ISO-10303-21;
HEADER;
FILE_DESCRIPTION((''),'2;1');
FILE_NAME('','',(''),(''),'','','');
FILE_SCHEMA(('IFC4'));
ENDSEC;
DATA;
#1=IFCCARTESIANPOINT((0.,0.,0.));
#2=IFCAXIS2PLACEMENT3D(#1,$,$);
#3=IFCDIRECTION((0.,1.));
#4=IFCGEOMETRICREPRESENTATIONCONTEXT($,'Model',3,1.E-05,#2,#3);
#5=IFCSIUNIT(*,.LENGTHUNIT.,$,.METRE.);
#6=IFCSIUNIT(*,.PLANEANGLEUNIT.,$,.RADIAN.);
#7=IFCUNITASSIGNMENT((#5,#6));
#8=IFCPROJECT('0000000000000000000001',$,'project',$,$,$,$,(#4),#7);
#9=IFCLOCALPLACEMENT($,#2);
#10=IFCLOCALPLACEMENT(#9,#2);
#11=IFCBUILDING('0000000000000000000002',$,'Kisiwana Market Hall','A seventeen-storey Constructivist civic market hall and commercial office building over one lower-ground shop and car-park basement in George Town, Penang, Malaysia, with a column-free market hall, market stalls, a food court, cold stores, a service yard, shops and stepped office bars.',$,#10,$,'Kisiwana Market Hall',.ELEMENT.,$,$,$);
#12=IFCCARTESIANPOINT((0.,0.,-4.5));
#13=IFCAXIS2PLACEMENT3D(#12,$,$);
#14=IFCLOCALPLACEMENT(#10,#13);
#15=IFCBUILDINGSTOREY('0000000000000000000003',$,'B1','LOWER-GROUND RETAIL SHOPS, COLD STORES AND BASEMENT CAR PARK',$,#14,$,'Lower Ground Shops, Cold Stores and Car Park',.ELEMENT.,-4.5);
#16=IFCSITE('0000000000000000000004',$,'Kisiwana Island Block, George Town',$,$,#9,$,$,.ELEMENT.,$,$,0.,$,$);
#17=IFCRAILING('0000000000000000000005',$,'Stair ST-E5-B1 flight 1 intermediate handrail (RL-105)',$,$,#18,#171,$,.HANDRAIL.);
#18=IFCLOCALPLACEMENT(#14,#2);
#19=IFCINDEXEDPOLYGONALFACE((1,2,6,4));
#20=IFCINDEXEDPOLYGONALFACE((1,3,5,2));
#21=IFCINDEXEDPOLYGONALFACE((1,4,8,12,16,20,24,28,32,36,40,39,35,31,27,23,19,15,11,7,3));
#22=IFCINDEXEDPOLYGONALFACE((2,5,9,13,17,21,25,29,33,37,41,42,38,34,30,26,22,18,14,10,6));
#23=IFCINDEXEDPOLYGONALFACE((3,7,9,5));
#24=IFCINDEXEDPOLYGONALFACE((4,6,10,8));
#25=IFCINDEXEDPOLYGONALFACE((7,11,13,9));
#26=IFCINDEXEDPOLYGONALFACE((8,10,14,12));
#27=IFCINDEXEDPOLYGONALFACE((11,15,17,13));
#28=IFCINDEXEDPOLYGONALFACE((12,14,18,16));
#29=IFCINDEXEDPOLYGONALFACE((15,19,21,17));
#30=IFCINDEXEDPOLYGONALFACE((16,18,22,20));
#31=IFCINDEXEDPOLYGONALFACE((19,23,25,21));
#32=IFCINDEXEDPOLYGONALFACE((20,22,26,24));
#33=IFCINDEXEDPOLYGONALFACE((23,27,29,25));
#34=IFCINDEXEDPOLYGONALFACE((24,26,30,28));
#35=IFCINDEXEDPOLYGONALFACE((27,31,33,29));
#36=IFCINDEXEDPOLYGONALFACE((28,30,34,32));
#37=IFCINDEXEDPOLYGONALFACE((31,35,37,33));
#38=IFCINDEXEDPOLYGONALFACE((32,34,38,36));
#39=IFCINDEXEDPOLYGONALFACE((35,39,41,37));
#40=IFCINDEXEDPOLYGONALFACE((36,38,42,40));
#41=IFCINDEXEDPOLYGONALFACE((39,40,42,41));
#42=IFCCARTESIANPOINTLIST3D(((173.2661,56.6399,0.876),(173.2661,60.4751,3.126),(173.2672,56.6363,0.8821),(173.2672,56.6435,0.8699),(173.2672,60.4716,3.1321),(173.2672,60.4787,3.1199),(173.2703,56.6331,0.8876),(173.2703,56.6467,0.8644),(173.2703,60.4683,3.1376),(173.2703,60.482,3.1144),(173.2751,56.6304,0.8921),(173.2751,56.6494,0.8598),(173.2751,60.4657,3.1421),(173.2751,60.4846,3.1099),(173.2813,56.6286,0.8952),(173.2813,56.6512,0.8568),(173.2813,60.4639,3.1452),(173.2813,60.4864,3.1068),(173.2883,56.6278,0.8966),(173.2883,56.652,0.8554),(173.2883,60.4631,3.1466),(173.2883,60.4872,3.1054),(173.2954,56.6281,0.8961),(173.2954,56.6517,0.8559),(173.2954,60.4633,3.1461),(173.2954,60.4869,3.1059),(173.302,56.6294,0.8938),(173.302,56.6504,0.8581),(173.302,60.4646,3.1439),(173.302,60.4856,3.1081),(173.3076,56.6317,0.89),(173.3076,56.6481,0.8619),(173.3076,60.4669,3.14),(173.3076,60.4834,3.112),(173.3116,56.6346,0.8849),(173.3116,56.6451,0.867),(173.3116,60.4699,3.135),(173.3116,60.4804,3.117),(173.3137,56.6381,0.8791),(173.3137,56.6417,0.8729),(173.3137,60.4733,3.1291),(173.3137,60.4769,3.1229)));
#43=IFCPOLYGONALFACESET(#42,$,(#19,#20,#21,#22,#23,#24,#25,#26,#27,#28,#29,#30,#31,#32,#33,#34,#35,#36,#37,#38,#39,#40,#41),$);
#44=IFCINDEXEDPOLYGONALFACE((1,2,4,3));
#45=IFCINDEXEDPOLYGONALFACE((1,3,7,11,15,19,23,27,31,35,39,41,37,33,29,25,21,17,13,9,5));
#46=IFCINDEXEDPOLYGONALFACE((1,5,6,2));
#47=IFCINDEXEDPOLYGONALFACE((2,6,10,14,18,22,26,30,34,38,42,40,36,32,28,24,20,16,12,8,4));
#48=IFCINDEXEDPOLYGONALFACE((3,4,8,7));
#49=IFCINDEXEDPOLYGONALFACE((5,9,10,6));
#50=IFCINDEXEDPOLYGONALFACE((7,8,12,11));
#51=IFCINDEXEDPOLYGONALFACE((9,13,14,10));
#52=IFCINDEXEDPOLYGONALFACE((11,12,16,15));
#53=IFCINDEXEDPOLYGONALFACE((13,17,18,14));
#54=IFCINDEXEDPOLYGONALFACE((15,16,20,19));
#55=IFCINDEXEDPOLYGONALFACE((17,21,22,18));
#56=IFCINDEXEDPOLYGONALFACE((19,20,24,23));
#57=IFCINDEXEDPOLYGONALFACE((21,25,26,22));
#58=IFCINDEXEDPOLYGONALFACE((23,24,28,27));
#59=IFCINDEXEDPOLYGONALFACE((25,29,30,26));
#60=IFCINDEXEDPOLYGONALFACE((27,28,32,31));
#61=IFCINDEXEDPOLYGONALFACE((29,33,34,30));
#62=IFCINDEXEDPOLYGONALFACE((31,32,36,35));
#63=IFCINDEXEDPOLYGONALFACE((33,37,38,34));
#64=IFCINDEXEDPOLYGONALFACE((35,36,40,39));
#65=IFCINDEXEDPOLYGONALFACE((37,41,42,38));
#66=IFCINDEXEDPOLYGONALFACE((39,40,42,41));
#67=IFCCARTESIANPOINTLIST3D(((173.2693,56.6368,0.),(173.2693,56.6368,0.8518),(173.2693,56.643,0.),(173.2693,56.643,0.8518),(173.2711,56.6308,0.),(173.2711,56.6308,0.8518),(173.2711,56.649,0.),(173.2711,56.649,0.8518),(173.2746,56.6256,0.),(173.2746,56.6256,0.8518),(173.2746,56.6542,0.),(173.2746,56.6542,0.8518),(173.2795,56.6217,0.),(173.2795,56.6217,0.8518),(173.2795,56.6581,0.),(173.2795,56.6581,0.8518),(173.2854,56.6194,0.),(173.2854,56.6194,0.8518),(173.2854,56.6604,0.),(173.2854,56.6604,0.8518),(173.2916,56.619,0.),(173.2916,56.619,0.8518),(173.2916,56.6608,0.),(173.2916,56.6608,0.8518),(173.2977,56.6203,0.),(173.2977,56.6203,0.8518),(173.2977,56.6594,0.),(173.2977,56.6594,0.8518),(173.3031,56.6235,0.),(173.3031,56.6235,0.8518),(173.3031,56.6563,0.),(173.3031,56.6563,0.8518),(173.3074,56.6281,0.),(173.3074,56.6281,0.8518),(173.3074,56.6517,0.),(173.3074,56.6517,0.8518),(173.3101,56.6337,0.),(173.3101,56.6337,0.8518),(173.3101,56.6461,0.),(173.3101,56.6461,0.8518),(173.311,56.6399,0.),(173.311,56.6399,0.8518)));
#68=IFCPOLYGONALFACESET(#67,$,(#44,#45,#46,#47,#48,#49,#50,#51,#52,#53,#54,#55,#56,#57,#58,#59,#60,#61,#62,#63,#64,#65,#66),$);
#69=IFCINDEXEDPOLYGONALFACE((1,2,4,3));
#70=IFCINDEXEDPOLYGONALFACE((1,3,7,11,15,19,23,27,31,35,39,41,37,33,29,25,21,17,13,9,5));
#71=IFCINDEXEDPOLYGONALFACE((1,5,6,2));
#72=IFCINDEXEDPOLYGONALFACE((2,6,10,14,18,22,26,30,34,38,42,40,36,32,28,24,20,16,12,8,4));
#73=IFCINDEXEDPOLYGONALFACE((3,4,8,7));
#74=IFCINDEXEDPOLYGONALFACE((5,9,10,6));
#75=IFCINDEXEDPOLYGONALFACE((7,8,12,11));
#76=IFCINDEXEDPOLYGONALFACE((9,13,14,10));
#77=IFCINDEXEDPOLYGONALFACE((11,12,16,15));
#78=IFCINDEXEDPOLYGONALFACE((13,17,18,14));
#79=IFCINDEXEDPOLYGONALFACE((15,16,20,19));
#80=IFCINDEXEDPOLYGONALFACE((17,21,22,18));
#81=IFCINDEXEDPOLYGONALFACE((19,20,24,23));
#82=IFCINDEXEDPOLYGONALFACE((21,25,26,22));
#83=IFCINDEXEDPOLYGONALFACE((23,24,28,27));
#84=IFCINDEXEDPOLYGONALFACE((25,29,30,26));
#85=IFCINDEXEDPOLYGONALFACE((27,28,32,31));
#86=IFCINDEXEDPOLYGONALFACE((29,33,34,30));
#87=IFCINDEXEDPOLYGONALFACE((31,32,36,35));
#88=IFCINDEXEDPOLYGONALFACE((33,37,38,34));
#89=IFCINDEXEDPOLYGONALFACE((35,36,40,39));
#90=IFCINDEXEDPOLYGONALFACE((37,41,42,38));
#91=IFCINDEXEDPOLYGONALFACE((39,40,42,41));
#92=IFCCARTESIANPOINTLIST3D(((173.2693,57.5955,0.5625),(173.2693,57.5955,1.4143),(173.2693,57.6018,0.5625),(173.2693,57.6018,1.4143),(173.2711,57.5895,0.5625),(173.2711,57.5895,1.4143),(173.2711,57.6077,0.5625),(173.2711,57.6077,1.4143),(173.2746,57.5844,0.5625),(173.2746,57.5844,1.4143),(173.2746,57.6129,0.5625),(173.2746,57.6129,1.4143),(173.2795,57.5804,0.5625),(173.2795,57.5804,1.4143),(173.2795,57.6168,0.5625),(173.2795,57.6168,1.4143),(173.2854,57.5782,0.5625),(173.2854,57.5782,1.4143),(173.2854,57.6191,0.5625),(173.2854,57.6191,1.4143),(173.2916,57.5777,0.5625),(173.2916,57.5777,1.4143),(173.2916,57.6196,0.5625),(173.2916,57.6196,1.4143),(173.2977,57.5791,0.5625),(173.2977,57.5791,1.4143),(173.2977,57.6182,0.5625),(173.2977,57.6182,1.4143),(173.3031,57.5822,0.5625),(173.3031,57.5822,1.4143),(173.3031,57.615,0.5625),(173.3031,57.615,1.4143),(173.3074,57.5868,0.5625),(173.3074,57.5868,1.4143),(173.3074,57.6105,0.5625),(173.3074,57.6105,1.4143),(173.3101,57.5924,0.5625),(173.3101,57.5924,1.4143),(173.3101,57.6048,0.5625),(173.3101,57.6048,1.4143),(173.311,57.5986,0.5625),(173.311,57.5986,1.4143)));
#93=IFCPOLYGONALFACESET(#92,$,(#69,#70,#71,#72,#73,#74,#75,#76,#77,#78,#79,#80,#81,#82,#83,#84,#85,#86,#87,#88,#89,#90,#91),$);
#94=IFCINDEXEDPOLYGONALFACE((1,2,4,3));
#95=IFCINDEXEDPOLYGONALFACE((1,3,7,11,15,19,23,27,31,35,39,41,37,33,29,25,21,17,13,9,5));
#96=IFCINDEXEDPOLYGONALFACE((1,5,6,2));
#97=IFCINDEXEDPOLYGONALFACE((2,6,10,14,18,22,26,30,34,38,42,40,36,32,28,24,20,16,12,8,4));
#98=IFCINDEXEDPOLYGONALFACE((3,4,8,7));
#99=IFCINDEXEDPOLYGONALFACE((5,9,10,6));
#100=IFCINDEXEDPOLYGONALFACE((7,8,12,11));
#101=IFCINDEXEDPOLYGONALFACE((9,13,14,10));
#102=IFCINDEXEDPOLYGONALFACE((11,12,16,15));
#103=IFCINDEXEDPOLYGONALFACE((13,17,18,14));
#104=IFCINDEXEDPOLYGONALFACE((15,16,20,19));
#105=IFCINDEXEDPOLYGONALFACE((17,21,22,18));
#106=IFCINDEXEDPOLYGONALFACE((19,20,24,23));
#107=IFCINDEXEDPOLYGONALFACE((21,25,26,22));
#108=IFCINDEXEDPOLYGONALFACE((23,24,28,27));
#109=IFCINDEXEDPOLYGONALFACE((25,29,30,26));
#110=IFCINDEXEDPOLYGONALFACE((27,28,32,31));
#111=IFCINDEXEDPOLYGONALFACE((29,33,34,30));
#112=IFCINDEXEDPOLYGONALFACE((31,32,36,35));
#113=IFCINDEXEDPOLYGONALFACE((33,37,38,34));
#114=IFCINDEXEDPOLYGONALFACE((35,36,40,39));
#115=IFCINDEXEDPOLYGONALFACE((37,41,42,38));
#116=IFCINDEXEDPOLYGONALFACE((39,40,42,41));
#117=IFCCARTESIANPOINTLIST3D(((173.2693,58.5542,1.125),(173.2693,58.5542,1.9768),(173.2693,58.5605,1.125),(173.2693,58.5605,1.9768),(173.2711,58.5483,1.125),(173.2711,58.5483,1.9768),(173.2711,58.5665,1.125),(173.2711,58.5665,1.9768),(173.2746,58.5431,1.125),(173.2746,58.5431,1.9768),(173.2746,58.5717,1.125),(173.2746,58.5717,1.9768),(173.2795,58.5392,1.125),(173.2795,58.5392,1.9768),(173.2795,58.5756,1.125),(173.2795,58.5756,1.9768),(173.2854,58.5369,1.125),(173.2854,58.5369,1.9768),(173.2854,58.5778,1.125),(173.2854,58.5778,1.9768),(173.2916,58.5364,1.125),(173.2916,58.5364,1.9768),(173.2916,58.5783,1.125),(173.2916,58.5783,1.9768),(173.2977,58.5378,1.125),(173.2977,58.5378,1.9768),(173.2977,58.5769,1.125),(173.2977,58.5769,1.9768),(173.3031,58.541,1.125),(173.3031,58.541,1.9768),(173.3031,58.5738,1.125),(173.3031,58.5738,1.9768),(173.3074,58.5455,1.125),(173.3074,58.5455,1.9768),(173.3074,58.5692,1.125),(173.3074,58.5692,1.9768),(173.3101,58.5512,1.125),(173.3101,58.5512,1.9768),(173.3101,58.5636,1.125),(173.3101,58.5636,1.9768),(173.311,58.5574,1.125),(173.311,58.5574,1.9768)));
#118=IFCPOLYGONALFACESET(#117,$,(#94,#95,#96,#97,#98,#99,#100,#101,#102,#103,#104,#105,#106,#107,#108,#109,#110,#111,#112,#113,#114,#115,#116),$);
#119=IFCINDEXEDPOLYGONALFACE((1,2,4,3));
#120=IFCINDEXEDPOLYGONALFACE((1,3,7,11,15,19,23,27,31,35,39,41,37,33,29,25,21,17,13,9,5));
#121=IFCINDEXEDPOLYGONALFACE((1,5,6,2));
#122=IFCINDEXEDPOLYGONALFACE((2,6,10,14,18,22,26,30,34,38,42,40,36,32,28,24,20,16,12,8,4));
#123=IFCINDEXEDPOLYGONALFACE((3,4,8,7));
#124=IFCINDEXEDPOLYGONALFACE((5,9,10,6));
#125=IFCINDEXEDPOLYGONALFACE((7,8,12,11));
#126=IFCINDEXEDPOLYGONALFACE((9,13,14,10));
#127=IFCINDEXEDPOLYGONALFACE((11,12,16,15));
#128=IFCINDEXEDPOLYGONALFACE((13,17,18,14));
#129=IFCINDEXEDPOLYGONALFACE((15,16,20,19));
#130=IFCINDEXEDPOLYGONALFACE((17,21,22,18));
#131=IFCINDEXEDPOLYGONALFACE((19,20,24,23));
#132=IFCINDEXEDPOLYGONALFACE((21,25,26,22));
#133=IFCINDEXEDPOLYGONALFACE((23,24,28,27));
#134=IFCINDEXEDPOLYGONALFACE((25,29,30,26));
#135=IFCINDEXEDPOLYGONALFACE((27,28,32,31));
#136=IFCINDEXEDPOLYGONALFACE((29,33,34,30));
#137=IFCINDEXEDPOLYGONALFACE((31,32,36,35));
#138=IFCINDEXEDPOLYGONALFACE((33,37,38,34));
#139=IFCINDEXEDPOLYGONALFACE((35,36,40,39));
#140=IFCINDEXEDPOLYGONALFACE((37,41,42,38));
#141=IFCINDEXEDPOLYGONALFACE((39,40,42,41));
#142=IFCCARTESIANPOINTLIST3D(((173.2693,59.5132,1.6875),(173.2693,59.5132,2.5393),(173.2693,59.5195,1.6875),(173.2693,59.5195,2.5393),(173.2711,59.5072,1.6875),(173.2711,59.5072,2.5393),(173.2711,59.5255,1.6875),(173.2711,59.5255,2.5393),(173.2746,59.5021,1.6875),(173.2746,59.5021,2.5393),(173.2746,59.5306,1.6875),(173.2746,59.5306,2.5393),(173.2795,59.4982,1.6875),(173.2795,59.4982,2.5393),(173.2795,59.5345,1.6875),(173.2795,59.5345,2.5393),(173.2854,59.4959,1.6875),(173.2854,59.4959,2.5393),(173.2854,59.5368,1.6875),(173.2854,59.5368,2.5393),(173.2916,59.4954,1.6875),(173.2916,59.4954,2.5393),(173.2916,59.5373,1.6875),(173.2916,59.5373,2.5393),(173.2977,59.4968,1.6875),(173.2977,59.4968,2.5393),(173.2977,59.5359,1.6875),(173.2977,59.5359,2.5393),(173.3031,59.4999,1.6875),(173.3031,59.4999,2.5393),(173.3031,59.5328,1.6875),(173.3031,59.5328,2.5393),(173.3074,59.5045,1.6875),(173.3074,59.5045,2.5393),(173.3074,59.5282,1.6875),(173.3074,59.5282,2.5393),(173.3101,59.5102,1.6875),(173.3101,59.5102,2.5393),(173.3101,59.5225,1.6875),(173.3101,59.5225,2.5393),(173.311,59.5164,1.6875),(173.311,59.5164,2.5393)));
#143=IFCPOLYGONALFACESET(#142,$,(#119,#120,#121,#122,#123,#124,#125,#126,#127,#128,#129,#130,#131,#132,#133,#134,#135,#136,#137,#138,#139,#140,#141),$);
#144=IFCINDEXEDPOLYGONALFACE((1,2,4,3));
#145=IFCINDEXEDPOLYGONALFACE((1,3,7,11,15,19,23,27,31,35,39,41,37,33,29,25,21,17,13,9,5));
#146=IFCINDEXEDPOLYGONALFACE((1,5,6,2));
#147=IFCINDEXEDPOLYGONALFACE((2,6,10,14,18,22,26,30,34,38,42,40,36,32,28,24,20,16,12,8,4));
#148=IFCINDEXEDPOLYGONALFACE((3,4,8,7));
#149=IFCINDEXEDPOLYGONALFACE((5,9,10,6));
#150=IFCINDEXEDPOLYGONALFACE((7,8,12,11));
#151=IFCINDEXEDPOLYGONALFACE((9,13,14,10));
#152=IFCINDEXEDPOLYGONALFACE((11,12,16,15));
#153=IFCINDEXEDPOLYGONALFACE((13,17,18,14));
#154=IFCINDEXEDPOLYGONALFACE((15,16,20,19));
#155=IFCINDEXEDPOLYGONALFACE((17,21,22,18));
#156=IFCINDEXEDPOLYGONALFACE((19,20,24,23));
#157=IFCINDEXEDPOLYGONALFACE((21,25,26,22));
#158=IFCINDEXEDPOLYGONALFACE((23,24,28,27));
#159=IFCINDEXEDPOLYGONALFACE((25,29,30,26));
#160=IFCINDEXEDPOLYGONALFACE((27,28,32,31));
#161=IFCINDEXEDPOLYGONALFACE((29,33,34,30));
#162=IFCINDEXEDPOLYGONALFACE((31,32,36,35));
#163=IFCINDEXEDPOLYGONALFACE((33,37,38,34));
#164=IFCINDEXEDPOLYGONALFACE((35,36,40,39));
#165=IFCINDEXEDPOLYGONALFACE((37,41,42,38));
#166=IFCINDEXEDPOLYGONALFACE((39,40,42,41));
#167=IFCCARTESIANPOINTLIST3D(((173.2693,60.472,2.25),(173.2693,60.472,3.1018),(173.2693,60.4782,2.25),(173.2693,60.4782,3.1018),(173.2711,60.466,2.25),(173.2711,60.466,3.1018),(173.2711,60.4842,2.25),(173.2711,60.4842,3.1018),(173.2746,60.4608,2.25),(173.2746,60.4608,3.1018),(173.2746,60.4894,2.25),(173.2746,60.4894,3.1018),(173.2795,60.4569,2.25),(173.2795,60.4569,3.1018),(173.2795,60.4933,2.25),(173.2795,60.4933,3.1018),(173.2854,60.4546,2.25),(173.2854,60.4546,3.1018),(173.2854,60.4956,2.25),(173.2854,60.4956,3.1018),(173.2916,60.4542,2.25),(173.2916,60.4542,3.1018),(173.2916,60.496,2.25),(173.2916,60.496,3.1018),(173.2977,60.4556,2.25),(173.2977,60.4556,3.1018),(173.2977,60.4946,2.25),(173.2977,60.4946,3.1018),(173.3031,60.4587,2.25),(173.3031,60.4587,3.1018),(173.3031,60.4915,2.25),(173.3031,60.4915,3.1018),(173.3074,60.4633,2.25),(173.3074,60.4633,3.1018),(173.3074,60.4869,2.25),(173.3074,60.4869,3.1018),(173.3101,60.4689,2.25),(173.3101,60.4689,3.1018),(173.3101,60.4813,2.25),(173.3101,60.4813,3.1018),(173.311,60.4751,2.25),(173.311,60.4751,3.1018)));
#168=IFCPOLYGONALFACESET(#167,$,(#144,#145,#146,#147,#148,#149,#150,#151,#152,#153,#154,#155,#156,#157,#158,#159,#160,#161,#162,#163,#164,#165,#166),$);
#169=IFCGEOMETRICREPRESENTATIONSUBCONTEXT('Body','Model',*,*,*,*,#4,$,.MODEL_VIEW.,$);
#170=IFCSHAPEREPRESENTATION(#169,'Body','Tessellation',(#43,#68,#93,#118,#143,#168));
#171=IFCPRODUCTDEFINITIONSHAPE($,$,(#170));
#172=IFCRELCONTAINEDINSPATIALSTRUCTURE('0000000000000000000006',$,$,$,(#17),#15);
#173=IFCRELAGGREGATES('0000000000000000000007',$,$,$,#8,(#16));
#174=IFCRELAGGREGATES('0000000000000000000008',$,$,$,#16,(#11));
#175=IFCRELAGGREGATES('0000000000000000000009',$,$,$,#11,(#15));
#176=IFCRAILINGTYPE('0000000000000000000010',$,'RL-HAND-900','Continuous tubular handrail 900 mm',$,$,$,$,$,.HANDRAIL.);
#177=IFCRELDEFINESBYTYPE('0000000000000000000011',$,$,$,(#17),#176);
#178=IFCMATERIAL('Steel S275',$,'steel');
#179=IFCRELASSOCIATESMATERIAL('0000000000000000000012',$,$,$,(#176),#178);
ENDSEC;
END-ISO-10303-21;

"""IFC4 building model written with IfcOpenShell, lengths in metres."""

from ifc_helpers import new_model, si_unit, direction, frame, origin, origin_2d, place, context, subcontext, project, spatial, circle, extrude, material, type_object, element, save


model = new_model("IFC4")

# Units and contexts
model_context = context("Model", 3, precision=1e-05, world=origin(), true_north=direction((0.0, 1.0)))
body_context = subcontext(model_context, "Body", "Model", "MODEL_VIEW")
ifc_project = project(units=[si_unit("LENGTHUNIT", "METRE"), si_unit("PLANEANGLEUNIT", "RADIAN")], contexts=[model_context])

# Site, building, storey
site_placement = place(None, origin())
site = spatial("IfcSite", under=ifc_project, at=site_placement, Name="Kisiwana Island Block, George Town", CompositionType="ELEMENT", RefElevation=0.0)
building_placement = place(site_placement, origin())
building = spatial("IfcBuilding", under=site, at=building_placement, Name="Kisiwana Market Hall", Description="A seventeen-storey Constructivist civic market hall and commercial office building over one lower-ground shop and car-park basement in George Town, Penang, Malaysia, with a column-free market hall, market stalls, a food court, cold stores, a service yard, shops and stepped office bars.", LongName="Kisiwana Market Hall", CompositionType="ELEMENT")
storey_placement = place(building_placement, frame((0.0, 0.0, -4.5)))
storey = spatial("IfcBuildingStorey", under=building, at=storey_placement, Name="B1", Description="LOWER-GROUND RETAIL SHOPS, COLD STORES AND BASEMENT CAR PARK", LongName="Lower Ground Shops, Cold Stores and Car Park", CompositionType="ELEMENT", Elevation=-4.5)

# Railing
ifc_material_1 = material(Name="Steel S275", Category="steel")
railing_type_1 = type_object("IfcRailingType", Name="RL-HAND-900", Description="Continuous tubular handrail 900 mm", PredefinedType="HANDRAIL", material=ifc_material_1)
for number, where, name in (
    (1, (173.29, 56.6399, 0.0), "Stair ST-E5-B1 flight 1 intermediate handrail (RL-105)"),
):
    element("IfcRailing", number, at=place(storey_placement, frame(where)), inside=storey, type_object=railing_type_1, Name=name, PredefinedType="HANDRAIL", context=body_context, shape_type="SweptSolid", body=[
        extrude(circle(Radius=0.0239, at=origin_2d()), frame((0.0, 0.0, 0.876), z_axis=(0.0, 0.862524, 0.506017), x_axis=(-1.0, 0.0, 0.0)), (0.0, 0.0, 1.0), 4.4465),
        extrude(circle(Radius=0.021, at=origin_2d()), origin(), (0.0, 0.0, 1.0), 0.8518),
        extrude(circle(Radius=0.021, at=origin_2d()), frame((0.0, 0.9587, 0.5625)), (0.0, 0.0, 1.0), 0.8518),
        extrude(circle(Radius=0.021, at=origin_2d()), frame((0.0, 1.9175, 1.125)), (0.0, 0.0, 1.0), 0.8518),
        extrude(circle(Radius=0.021, at=origin_2d()), frame((0.0, 2.8765, 1.6875)), (0.0, 0.0, 1.0), 0.8518),
        extrude(circle(Radius=0.021, at=origin_2d()), frame((0.0, 3.8352, 2.25)), (0.0, 0.0, 1.0), 0.8518),
    ])

save(model, "model.ifc")
